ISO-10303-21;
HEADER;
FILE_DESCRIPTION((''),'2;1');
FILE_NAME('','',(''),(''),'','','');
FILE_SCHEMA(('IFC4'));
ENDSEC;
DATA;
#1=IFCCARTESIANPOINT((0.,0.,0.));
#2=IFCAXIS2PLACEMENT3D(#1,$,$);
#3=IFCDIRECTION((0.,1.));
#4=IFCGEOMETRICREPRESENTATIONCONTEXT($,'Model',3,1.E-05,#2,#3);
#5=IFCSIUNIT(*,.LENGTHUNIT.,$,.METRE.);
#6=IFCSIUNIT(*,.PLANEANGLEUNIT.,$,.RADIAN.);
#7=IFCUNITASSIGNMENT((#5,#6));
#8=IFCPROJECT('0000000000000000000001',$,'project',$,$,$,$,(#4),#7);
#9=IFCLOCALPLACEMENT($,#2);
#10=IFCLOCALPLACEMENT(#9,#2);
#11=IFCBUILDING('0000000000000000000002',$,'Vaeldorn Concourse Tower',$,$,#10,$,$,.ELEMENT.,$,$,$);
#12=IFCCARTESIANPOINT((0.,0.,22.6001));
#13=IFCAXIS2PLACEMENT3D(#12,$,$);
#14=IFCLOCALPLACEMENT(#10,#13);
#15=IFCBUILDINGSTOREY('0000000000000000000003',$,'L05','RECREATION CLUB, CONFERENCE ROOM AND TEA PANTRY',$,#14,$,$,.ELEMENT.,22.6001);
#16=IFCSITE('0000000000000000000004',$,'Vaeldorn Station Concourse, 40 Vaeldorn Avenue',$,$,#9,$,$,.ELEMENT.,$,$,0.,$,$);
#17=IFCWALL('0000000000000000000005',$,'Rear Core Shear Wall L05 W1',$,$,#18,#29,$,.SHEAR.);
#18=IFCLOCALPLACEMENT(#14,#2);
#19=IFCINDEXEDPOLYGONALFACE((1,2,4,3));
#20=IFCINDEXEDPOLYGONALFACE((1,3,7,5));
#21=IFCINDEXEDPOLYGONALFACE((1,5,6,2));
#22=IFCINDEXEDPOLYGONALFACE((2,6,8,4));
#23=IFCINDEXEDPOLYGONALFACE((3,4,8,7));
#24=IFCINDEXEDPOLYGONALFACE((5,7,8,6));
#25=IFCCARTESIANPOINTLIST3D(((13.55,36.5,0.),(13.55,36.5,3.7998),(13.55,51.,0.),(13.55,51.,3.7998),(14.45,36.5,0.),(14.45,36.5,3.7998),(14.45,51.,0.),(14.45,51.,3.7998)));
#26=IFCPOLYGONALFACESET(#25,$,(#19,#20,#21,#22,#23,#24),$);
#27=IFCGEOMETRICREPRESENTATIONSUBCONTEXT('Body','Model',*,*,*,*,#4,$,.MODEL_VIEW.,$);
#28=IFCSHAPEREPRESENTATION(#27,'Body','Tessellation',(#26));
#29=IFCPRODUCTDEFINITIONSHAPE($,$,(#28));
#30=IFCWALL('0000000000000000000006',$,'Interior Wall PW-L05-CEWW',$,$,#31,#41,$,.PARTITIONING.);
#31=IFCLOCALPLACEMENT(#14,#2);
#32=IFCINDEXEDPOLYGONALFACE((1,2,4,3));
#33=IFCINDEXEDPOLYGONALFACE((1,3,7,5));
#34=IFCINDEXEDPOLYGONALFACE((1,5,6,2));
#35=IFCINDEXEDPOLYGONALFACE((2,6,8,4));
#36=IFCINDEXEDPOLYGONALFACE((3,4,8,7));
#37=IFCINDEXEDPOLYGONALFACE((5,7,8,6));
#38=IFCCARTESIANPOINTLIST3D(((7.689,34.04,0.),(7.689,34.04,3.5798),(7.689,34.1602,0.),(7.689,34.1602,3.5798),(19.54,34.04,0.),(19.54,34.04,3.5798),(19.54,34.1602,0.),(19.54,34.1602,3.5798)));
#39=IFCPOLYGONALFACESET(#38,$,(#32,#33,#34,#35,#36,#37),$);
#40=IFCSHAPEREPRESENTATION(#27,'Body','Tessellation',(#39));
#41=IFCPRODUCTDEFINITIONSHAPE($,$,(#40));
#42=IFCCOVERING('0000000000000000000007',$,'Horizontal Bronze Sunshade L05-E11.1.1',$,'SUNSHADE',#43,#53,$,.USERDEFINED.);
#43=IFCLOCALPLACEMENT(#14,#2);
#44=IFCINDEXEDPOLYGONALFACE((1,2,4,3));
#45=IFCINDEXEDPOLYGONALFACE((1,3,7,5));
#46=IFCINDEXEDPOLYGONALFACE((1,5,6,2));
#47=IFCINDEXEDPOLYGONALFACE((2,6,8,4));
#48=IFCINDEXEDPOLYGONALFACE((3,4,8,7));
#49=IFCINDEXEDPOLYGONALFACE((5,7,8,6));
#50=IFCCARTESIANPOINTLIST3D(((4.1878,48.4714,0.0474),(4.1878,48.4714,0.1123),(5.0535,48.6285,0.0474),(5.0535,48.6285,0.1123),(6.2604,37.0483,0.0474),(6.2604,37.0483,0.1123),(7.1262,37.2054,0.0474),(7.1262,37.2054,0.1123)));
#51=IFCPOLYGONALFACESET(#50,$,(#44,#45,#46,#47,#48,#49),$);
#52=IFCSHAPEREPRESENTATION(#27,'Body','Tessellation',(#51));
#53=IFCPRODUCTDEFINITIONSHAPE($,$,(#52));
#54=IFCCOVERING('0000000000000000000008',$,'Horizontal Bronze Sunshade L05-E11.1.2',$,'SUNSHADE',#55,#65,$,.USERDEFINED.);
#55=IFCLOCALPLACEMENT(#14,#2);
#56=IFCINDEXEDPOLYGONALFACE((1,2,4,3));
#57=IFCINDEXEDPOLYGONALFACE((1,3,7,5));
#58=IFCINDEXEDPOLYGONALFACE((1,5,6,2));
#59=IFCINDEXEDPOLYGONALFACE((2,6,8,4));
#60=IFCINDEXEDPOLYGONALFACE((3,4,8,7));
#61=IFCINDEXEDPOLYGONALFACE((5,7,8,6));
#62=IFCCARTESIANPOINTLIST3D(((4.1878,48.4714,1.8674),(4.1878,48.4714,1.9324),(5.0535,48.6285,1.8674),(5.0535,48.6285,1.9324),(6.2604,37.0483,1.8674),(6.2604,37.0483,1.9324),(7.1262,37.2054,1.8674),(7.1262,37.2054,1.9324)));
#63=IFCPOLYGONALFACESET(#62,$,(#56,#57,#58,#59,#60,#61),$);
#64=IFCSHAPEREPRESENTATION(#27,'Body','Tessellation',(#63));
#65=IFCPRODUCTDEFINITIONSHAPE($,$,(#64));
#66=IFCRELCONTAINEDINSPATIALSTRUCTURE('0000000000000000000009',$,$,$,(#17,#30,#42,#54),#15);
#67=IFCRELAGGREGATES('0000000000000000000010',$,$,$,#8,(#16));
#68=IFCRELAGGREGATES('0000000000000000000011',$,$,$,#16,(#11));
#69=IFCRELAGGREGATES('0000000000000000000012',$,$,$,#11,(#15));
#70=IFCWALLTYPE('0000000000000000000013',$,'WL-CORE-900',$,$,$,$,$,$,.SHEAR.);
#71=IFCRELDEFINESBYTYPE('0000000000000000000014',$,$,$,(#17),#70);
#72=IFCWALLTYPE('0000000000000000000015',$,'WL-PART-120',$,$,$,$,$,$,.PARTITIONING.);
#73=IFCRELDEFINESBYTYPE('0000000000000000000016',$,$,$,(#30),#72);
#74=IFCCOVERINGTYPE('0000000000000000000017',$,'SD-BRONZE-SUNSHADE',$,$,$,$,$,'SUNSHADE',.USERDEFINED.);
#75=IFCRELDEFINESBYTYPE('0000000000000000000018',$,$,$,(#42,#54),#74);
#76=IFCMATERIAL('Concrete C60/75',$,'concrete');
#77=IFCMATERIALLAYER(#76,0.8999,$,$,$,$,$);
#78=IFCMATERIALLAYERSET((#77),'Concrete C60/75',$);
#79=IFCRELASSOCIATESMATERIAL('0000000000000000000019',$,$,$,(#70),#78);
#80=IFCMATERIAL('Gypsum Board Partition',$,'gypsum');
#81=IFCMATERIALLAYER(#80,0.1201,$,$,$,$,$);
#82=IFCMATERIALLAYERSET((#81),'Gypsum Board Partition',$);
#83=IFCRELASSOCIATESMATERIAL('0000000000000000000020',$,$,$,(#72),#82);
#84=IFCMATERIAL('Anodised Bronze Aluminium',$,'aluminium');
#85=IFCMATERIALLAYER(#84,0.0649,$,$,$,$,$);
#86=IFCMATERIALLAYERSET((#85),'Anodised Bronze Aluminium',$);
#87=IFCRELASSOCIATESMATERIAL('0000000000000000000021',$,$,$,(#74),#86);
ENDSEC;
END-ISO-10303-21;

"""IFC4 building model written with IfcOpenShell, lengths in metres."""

from ifc_helpers import new_model, si_unit, direction, frame, frame_2d, origin, origin_2d, place, context, subcontext, project, spatial, rectangle, extrude, source, transform, mapped, material, layer, layer_set, type_object, element, save


model = new_model("IFC4")

# Units and contexts
model_context = context("Model", 3, precision=1e-05, world=origin(), true_north=direction((0.0, 1.0)))
body_context = subcontext(model_context, "Body", "Model", "MODEL_VIEW")
ifc_project = project(units=[si_unit("LENGTHUNIT", "METRE"), si_unit("PLANEANGLEUNIT", "RADIAN")], contexts=[model_context])

# Site, building, storey
site_placement = place(None, origin())
site = spatial("IfcSite", under=ifc_project, at=site_placement, Name="Vaeldorn Station Concourse, 40 Vaeldorn Avenue", CompositionType="ELEMENT", RefElevation=0.0)
building_placement = place(site_placement, origin())
building = spatial("IfcBuilding", under=site, at=building_placement, Name="Vaeldorn Concourse Tower", CompositionType="ELEMENT")
storey_placement = place(building_placement, frame((0.0, 0.0, 22.6001)))
storey = spatial("IfcBuildingStorey", under=building, at=storey_placement, Name="L05", Description="RECREATION CLUB, CONFERENCE ROOM AND TEA PANTRY", CompositionType="ELEMENT", Elevation=22.6001)

# Shared definitions
ifc_material_1 = material(Name="Concrete C60/75", Category="concrete")

# Shared definitions
ifc_material_2 = material(Name="Anodised Bronze Aluminium", Category="aluminium")

# Walls
ifc_layer_1 = layer(ifc_material_1, 0.8999)
ifc_layer_set_1 = layer_set([ifc_layer_1], Name="Concrete C60/75")
wall_type_1 = type_object("IfcWallType", Name="WL-CORE-900", PredefinedType="SHEAR", material=ifc_layer_set_1)
wall_1_placement = place(storey_placement, frame((14.0, 36.5, 0.0), z_axis=(0.0, 0.0, 1.0), x_axis=(0.0, 1.0, 0.0)))
element("IfcWall", 1, at=wall_1_placement, inside=storey, type_object=wall_type_1, Name="Rear Core Shear Wall L05 W1", PredefinedType="SHEAR", context=body_context, shape_type="SweptSolid", body=[
    extrude(rectangle(XDim=14.5, YDim=0.8999, at=frame_2d((7.25, 0.0))), origin(), (0.0, 0.0, 1.0), 3.7998),
])
ifc_material_3 = material(Name="Gypsum Board Partition", Category="gypsum")
ifc_layer_2 = layer(ifc_material_3, 0.1201)
ifc_layer_set_2 = layer_set([ifc_layer_2], Name="Gypsum Board Partition")
wall_type_2 = type_object("IfcWallType", Name="WL-PART-120", PredefinedType="PARTITIONING", material=ifc_layer_set_2)
wall_2_placement = place(storey_placement, frame((7.689, 34.1001, 0.0), z_axis=(0.0, 0.0, 1.0), x_axis=(1.0, 0.0, 0.0)))
element("IfcWall", 2, at=wall_2_placement, inside=storey, type_object=wall_type_2, Name="Interior Wall PW-L05-CEWW", PredefinedType="PARTITIONING", context=body_context, shape_type="SweptSolid", body=[
    extrude(rectangle(XDim=11.8511, YDim=0.1201, at=frame_2d((5.9255, 0.0))), origin(), (0.0, 0.0, 1.0), 3.5798),
])

# Coverings
ifc_layer_3 = layer(ifc_material_2, 0.0649)
ifc_layer_set_3 = layer_set([ifc_layer_3], Name="Anodised Bronze Aluminium")
covering_type = type_object("IfcCoveringType", Name="SD-BRONZE-SUNSHADE", ElementType="SUNSHADE", PredefinedType="USERDEFINED", material=ifc_layer_set_3)
shared_shape_1 = source(origin(), body_context, "Body", "SweptSolid", [
    extrude(rectangle(XDim=11.6096, YDim=0.8799, at=origin_2d()), origin(), (0.0, 0.0, 1.0), 0.0649),
])
for number, where, z_axis, x_axis, name in (
    (3, (5.657, 42.8384, 0.0474), (0.0, 0.0, 1.0), (0.178527, -0.983935, 0.0), "Horizontal Bronze Sunshade L05-E11.1.1"),
    (4, (5.657, 42.8384, 1.8674), (0.0, 0.0, 1.0), (0.178527, -0.983935, 0.0), "Horizontal Bronze Sunshade L05-E11.1.2"),
):
    element("IfcCovering", number, at=place(storey_placement, frame(where, z_axis=z_axis, x_axis=x_axis)), inside=storey, type_object=covering_type, Name=name, ObjectType="SUNSHADE", PredefinedType="USERDEFINED", context=body_context, shape_type="MappedRepresentation", body=[
        mapped(shared_shape_1, transform((0.0, 0.0, 0.0), scale=1.0)),
    ])

save(model, "model.ifc")
